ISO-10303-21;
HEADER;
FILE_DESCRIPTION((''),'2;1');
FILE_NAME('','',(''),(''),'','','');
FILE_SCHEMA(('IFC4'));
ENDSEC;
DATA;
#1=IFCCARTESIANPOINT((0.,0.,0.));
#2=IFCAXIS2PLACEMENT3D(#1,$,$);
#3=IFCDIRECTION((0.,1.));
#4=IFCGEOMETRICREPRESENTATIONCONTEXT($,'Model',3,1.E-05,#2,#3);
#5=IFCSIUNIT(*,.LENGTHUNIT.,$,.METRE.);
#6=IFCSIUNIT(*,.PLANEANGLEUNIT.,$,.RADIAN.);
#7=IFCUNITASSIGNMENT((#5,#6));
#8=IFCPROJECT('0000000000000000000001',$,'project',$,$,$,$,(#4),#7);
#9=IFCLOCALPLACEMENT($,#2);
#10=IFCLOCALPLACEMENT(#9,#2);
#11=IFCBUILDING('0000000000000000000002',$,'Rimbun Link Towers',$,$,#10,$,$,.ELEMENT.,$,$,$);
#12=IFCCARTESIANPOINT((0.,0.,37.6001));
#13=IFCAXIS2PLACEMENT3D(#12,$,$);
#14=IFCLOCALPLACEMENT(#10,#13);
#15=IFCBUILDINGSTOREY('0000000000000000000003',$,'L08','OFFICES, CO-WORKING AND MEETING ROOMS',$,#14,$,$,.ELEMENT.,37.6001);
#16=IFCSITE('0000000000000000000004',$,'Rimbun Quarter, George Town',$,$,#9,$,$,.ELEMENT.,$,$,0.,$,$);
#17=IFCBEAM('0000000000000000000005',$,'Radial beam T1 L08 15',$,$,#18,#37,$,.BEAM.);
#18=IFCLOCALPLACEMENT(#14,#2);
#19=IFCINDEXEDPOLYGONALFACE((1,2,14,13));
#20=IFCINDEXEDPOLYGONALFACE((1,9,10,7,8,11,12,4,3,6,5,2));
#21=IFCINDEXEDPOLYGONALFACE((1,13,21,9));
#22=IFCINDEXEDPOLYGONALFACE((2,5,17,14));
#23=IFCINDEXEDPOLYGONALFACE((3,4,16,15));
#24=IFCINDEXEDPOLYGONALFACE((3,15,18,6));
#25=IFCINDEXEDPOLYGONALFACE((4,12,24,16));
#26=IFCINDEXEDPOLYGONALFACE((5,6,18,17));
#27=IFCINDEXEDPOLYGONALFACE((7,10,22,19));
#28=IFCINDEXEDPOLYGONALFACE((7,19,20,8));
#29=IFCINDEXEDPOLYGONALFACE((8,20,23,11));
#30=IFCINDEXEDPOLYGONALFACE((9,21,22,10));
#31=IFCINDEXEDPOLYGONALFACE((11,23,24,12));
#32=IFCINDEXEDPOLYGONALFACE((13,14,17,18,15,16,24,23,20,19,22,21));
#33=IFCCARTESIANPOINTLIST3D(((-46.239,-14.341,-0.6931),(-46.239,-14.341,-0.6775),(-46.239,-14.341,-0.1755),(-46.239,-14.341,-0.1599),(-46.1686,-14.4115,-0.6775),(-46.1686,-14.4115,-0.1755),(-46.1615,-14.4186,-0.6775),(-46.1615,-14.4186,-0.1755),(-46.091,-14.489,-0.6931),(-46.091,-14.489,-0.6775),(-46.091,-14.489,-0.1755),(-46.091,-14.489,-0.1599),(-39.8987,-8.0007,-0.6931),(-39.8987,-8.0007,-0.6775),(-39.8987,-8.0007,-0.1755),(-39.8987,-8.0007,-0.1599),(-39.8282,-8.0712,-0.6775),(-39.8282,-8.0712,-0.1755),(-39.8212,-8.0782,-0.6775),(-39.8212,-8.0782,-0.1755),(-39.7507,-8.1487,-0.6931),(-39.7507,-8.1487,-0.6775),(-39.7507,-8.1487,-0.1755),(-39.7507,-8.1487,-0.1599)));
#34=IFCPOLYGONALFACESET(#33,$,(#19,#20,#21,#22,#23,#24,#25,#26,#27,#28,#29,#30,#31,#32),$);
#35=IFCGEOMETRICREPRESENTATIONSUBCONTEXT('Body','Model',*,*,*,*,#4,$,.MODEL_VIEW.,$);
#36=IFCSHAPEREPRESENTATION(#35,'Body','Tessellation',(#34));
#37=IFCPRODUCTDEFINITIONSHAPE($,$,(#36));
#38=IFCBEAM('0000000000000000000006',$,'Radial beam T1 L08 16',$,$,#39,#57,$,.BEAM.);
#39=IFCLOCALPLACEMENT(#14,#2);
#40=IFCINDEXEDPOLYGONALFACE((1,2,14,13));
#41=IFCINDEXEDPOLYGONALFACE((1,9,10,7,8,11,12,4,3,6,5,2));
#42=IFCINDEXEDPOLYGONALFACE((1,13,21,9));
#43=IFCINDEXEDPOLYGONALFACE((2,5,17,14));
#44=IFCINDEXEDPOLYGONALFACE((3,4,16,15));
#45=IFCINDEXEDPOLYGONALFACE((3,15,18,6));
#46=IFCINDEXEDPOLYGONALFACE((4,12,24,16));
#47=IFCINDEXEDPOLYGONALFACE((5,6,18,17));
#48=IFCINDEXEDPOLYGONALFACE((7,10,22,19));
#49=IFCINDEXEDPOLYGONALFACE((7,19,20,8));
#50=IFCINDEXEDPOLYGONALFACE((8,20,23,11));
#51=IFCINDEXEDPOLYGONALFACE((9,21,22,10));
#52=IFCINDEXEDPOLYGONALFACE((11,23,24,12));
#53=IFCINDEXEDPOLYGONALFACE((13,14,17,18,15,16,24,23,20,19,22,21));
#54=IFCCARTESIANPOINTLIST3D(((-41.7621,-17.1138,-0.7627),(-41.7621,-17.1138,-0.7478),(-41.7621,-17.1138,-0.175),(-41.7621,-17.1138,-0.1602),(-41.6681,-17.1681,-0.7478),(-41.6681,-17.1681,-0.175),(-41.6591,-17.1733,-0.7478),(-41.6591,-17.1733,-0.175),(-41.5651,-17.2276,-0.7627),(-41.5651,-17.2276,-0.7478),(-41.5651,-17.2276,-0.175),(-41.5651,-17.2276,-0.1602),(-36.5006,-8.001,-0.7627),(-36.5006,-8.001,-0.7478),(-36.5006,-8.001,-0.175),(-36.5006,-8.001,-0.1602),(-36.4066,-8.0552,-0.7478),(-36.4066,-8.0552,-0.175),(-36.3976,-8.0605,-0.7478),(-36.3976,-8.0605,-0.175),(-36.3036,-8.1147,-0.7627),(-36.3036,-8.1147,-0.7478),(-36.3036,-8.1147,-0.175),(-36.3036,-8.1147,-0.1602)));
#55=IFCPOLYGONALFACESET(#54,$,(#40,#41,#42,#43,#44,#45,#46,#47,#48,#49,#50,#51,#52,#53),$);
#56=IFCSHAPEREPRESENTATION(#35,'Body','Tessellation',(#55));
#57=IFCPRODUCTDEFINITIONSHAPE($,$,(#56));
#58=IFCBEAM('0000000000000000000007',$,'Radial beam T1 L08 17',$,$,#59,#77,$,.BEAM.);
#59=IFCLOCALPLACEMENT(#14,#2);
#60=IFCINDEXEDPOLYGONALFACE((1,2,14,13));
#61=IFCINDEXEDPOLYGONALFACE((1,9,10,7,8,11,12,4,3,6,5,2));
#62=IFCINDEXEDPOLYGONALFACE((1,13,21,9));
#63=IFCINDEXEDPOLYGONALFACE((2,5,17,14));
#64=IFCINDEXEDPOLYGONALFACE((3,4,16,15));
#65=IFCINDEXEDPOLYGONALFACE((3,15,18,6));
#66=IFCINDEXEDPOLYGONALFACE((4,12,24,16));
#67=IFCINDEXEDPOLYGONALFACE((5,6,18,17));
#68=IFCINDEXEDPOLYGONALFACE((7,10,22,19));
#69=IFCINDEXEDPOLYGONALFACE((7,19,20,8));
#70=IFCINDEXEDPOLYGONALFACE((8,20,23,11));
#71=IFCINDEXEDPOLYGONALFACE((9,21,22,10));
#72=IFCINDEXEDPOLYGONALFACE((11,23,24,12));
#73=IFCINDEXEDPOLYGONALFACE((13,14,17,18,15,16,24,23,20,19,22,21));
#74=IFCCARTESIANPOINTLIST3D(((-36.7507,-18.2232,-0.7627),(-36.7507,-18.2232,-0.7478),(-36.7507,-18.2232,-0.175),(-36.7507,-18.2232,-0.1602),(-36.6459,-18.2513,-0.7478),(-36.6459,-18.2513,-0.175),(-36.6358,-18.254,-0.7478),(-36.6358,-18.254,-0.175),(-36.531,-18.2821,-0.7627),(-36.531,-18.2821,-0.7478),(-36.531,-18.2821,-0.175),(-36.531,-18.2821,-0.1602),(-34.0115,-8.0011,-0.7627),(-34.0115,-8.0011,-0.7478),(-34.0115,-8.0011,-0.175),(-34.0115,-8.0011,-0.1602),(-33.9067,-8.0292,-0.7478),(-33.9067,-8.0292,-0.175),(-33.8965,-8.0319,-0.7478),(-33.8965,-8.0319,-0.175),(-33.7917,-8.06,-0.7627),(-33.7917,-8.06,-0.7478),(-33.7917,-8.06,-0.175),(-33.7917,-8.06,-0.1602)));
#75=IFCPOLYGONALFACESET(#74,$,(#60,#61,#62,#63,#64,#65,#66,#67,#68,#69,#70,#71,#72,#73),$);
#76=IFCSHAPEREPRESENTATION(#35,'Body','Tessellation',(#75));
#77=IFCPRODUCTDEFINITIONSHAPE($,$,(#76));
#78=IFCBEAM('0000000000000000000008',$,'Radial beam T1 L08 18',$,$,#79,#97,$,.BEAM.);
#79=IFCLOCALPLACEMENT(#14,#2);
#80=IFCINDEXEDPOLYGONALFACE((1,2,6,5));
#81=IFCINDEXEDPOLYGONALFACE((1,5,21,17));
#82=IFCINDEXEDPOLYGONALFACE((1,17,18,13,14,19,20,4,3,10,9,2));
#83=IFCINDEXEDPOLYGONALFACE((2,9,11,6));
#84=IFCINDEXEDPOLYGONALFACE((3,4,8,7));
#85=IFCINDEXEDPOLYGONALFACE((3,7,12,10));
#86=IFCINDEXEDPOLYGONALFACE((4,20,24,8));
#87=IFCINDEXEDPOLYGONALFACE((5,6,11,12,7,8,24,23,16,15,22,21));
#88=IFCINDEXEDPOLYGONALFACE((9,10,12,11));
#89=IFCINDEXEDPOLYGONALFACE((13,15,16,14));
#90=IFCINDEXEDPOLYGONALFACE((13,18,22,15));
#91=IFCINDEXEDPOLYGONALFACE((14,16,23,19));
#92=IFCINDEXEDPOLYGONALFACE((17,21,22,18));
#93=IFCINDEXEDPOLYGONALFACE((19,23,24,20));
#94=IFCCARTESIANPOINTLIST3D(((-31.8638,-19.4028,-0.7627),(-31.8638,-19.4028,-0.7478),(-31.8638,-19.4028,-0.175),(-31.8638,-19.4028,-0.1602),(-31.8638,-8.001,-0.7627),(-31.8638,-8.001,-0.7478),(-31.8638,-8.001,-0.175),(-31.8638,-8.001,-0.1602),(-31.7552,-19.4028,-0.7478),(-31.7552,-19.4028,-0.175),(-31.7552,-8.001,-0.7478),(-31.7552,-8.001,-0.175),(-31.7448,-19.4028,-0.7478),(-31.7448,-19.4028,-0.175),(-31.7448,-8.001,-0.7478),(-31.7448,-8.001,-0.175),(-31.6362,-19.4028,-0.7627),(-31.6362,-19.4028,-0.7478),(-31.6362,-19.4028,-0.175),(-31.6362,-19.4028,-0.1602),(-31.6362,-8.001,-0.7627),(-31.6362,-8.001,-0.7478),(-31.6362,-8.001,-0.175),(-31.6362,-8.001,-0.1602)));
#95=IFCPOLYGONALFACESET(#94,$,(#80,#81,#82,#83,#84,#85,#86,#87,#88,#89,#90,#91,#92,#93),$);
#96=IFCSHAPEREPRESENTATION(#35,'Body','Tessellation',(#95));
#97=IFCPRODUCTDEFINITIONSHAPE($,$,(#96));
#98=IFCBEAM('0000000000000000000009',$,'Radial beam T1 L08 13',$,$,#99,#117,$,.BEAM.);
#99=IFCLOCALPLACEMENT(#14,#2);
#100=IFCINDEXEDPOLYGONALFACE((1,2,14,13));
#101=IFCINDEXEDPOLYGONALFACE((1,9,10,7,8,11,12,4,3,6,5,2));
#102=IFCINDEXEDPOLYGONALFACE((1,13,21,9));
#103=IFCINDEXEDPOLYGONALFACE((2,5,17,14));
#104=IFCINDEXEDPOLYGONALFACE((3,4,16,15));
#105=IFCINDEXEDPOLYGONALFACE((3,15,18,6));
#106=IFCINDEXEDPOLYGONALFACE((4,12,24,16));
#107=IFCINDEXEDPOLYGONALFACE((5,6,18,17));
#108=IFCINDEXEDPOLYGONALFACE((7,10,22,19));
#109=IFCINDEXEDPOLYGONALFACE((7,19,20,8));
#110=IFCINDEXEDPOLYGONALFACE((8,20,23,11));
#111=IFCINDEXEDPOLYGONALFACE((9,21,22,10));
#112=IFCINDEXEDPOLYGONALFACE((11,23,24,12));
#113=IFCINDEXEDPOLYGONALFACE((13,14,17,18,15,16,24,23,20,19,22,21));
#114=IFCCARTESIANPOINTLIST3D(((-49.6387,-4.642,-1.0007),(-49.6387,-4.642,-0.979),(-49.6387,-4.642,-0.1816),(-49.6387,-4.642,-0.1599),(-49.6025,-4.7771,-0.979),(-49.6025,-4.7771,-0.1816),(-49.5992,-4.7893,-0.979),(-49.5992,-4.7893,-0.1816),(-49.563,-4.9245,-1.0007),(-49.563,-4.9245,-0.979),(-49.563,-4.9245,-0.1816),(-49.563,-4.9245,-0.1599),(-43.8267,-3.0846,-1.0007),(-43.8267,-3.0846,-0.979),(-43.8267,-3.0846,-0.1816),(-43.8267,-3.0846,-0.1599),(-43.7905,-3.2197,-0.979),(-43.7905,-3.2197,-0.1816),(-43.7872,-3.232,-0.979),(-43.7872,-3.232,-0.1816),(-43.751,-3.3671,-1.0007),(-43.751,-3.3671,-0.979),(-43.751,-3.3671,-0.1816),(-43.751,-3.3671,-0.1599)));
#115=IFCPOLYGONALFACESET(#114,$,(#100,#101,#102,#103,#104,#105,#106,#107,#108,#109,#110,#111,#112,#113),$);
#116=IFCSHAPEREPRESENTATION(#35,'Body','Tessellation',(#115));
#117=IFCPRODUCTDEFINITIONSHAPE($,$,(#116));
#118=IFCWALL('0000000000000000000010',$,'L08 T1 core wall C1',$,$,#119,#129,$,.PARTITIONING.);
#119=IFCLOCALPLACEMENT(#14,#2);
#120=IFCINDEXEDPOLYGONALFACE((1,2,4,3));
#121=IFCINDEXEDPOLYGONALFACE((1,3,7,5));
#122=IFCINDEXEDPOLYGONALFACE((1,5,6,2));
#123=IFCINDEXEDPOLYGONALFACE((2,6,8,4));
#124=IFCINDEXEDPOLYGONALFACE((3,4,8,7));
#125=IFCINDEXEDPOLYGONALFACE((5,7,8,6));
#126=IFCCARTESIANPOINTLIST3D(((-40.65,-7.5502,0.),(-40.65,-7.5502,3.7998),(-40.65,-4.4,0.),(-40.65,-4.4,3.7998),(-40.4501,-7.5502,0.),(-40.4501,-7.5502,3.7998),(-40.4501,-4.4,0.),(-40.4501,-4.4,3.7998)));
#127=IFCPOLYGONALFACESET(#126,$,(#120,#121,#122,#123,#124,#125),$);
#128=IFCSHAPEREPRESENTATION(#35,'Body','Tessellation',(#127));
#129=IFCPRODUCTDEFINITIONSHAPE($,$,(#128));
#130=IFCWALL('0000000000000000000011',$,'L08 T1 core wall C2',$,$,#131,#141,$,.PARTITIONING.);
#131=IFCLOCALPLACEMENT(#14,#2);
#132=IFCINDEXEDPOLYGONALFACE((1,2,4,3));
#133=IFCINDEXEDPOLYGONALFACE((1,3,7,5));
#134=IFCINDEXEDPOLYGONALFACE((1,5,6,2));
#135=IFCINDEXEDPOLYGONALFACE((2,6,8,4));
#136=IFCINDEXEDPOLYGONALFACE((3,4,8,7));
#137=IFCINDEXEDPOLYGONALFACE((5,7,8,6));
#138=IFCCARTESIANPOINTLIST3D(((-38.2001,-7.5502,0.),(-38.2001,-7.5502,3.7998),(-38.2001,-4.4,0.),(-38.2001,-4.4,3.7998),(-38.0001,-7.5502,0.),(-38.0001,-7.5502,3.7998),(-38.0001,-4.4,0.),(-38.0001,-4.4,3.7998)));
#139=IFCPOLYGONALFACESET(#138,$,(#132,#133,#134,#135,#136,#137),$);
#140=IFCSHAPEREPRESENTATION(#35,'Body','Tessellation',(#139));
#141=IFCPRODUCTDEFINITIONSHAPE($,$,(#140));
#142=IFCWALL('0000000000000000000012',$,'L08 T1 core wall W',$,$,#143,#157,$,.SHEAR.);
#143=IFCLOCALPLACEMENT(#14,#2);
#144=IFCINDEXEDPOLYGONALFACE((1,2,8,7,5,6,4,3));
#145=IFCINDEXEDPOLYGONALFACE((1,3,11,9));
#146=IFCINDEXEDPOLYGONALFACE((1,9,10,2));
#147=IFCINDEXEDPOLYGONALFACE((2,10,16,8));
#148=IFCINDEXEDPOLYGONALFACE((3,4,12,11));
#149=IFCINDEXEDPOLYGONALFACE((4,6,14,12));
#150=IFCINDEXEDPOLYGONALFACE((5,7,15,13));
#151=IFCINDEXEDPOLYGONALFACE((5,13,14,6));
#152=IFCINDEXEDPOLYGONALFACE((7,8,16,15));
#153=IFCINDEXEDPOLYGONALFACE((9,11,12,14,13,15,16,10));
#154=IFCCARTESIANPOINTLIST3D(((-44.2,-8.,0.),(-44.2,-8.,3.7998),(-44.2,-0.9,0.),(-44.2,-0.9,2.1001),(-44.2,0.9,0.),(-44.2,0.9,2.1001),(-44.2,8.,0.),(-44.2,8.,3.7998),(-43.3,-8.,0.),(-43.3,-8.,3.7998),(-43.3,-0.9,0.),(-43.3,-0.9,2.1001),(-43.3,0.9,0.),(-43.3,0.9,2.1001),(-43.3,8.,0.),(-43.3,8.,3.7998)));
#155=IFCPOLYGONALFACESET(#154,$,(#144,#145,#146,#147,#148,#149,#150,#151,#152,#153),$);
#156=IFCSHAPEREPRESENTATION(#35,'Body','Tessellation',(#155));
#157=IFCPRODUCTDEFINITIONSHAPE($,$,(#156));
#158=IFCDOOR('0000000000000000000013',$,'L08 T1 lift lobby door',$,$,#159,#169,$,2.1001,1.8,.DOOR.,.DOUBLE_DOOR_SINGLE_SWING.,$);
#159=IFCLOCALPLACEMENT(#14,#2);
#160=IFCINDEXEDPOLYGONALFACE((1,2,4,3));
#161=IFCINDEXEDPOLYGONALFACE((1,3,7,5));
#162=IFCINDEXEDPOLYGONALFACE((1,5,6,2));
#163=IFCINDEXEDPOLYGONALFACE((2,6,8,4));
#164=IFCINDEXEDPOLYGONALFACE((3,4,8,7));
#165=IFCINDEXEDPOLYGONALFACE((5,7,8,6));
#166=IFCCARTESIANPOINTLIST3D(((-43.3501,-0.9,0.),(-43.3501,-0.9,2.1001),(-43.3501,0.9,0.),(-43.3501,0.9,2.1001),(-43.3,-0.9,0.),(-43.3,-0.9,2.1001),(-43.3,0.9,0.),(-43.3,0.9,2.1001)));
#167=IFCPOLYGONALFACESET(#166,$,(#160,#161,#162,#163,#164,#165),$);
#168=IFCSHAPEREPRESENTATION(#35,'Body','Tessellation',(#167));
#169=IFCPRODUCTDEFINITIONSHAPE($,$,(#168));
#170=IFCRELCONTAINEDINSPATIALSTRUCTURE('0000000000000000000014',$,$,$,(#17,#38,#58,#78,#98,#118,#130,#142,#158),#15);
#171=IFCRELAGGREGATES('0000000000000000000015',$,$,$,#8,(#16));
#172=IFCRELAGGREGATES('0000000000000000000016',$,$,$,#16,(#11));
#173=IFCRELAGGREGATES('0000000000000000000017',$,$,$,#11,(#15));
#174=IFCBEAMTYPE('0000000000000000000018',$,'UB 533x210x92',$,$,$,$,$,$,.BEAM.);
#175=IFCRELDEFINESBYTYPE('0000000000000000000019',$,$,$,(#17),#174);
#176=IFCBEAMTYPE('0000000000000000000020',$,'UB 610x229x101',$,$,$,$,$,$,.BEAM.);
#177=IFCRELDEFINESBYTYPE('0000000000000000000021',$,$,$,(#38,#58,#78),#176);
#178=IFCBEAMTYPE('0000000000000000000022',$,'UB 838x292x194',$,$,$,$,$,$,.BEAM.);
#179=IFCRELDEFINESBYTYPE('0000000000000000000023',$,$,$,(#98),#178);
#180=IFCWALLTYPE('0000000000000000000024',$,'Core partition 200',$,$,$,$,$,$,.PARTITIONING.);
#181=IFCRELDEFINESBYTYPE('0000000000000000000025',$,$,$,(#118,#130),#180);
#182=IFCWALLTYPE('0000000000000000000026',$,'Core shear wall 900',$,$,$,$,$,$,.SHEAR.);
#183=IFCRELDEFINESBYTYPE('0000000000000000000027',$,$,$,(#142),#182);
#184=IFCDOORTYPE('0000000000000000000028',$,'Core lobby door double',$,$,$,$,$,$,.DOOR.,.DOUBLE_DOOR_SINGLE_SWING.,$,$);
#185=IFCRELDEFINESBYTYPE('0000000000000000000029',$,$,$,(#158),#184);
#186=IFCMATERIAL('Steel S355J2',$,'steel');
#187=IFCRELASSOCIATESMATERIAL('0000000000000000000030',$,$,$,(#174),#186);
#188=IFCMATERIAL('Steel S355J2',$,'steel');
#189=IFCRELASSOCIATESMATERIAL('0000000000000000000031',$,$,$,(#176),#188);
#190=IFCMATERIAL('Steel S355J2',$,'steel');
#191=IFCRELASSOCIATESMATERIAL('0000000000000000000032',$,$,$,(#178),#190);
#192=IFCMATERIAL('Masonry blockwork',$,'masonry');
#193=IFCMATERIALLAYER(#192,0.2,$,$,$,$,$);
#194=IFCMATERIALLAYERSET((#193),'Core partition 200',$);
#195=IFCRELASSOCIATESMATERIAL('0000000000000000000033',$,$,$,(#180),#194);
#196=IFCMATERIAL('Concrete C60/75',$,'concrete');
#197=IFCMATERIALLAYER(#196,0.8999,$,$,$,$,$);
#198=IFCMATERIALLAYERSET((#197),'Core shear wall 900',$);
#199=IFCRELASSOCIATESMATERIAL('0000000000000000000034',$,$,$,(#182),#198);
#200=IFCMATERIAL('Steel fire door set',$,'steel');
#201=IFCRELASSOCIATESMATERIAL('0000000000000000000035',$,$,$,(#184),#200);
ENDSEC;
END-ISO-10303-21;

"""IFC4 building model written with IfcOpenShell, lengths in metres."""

from ifc_helpers import new_model, si_unit, direction, frame, frame_2d, origin, origin_2d, place, context, subcontext, project, spatial, rectangle, i_section, extrude, material, layer, layer_set, material_profile, profile_set, type_object, element, fill, save


model = new_model("IFC4")

# Units and contexts
model_context = context("Model", 3, precision=1e-05, world=origin(), true_north=direction((0.0, 1.0)))
body_context = subcontext(model_context, "Body", "Model", "MODEL_VIEW")
ifc_project = project(units=[si_unit("LENGTHUNIT", "METRE"), si_unit("PLANEANGLEUNIT", "RADIAN")], contexts=[model_context])

# Site, building, storey
site_placement = place(None, origin())
site = spatial("IfcSite", under=ifc_project, at=site_placement, Name="Rimbun Quarter, George Town", CompositionType="ELEMENT", RefElevation=0.0)
building_placement = place(site_placement, origin())
building = spatial("IfcBuilding", under=site, at=building_placement, Name="Rimbun Link Towers", CompositionType="ELEMENT")
storey_placement = place(building_placement, frame((0.0, 0.0, 37.6001)))
storey = spatial("IfcBuildingStorey", under=building, at=storey_placement, Name="L08", Description="OFFICES, CO-WORKING AND MEETING ROOMS", CompositionType="ELEMENT", Elevation=37.6001)

# Beams
ifc_material_1 = material(Name="Steel S355J2", Category="steel")
ifc_material_profile_1 = material_profile(ifc_material_1, i_section(OverallWidth=0.2092, OverallDepth=0.5332, WebThickness=0.01, FlangeThickness=0.0156, at=origin_2d()), Name="UB 533x210x92")
ifc_profile_set_1 = profile_set([ifc_material_profile_1], Name="Steel S355J2")
beam_type_1 = type_object("IfcBeamType", Name="UB 533x210x92", PredefinedType="BEAM", material=ifc_profile_set_1)
beam_1_placement = place(storey_placement, frame((-39.8247, -8.0747, -0.4265), z_axis=(-0.707107, -0.707107, 0.0), x_axis=(0.707107, -0.707107, 0.0)))
element("IfcBeam", 1, at=beam_1_placement, inside=storey, type_object=beam_type_1, Name="Radial beam T1 L08 15", PredefinedType="BEAM", context=body_context, shape_type="SweptSolid", body=[
    extrude(i_section(OverallWidth=0.2092, OverallDepth=0.5332, WebThickness=0.01, FlangeThickness=0.0156, at=origin_2d()), origin(), (0.0, 0.0, 1.0), 8.9666),
])
ifc_material_2 = material(Name="Steel S355J2", Category="steel")
ifc_material_profile_2 = material_profile(ifc_material_2, i_section(OverallWidth=0.2275, OverallDepth=0.6025, WebThickness=0.0105, FlangeThickness=0.0149, at=origin_2d()), Name="UB 610x229x101")
ifc_profile_set_2 = profile_set([ifc_material_profile_2], Name="Steel S355J2")
beam_type_2 = type_object("IfcBeamType", Name="UB 610x229x101", PredefinedType="BEAM", material=ifc_profile_set_2)
beam_2_placement = place(storey_placement, frame((-36.4021, -8.0579, -0.4614), z_axis=(-0.500014, -0.866017, 0.0), x_axis=(0.866017, -0.500014, 0.0)))
element("IfcBeam", 2, at=beam_2_placement, inside=storey, type_object=beam_type_2, Name="Radial beam T1 L08 16", PredefinedType="BEAM", context=body_context, shape_type="SweptSolid", body=[
    extrude(i_section(OverallWidth=0.2275, OverallDepth=0.6025, WebThickness=0.0105, FlangeThickness=0.0149, at=origin_2d()), origin(), (0.0, 0.0, 1.0), 10.5227),
])
beam_3_placement = place(storey_placement, frame((-33.9016, -8.0305, -0.4614), z_axis=(-0.25884, -0.96592, 0.0), x_axis=(0.96592, -0.25884, 0.0)))
element("IfcBeam", 3, at=beam_3_placement, inside=storey, type_object=beam_type_2, Name="Radial beam T1 L08 17", PredefinedType="BEAM", context=body_context, shape_type="SweptSolid", body=[
    extrude(i_section(OverallWidth=0.2275, OverallDepth=0.6025, WebThickness=0.0105, FlangeThickness=0.0149, at=origin_2d()), origin(), (0.0, 0.0, 1.0), 10.5828),
])
beam_4_placement = place(storey_placement, frame((-31.75, -8.001, -0.4614), z_axis=(0.0, -1.0, 0.0), x_axis=(1.0, 0.0, 0.0)))
element("IfcBeam", 4, at=beam_4_placement, inside=storey, type_object=beam_type_2, Name="Radial beam T1 L08 18", PredefinedType="BEAM", context=body_context, shape_type="SweptSolid", body=[
    extrude(i_section(OverallWidth=0.2275, OverallDepth=0.6025, WebThickness=0.0105, FlangeThickness=0.0149, at=origin_2d()), origin(), (0.0, 0.0, 1.0), 11.4019),
])
ifc_material_3 = material(Name="Steel S355J2", Category="steel")
ifc_material_profile_3 = material_profile(ifc_material_3, i_section(OverallWidth=0.2925, OverallDepth=0.8408, WebThickness=0.0127, FlangeThickness=0.0217, at=origin_2d()), Name="UB 838x292x194")
ifc_profile_set_3 = profile_set([ifc_material_profile_3], Name="Steel S355J2")
beam_type_3 = type_object("IfcBeamType", Name="UB 838x292x194", PredefinedType="BEAM", material=ifc_profile_set_3)
beam_5_placement = place(storey_placement, frame((-43.7888, -3.2258, -0.5803), z_axis=(-0.965924, -0.258827, 0.0), x_axis=(0.258827, -0.965924, 0.0)))
element("IfcBeam", 5, at=beam_5_placement, inside=storey, type_object=beam_type_3, Name="Radial beam T1 L08 13", PredefinedType="BEAM", context=body_context, shape_type="SweptSolid", body=[
    extrude(i_section(OverallWidth=0.2925, OverallDepth=0.8408, WebThickness=0.0127, FlangeThickness=0.0217, at=origin_2d()), origin(), (0.0, 0.0, 1.0), 6.0171),
])

# Walls
ifc_material_4 = material(Name="Masonry blockwork", Category="masonry")
ifc_layer_1 = layer(ifc_material_4, 0.2)
ifc_layer_set_1 = layer_set([ifc_layer_1], Name="Core partition 200")
wall_type_1 = type_object("IfcWallType", Name="Core partition 200", PredefinedType="PARTITIONING", material=ifc_layer_set_1)
for number, where, z_axis, x_axis, name in (
    (6, (-40.55, -4.3999, 0.0), (0.0, 0.0, 1.0), (0.0, -1.0, 0.0), "L08 T1 core wall C1"),
    (7, (-38.1001, -4.3999, 0.0), (0.0, 0.0, 1.0), (0.0, -1.0, 0.0), "L08 T1 core wall C2"),
):
    element("IfcWall", number, at=place(storey_placement, frame(where, z_axis=z_axis, x_axis=x_axis)), inside=storey, type_object=wall_type_1, Name=name, PredefinedType="PARTITIONING", context=body_context, shape_type="SweptSolid", body=[
        extrude(rectangle(XDim=3.1501, YDim=0.2, at=frame_2d((1.5752, 0.0))), origin(), (0.0, 0.0, 1.0), 3.7998),
    ])

# Wall, opening, door
ifc_material_5 = material(Name="Concrete C60/75", Category="concrete")
ifc_layer_2 = layer(ifc_material_5, 0.8999)
ifc_layer_set_2 = layer_set([ifc_layer_2], Name="Core shear wall 900")
wall_type_2 = type_object("IfcWallType", Name="Core shear wall 900", PredefinedType="SHEAR", material=ifc_layer_set_2)
wall_1_placement = place(storey_placement, frame((-43.75, -8.0, 0.0), z_axis=(0.0, 0.0, 1.0), x_axis=(0.0, 1.0, 0.0)))
wall_1 = element("IfcWall", 8, at=wall_1_placement, inside=storey, type_object=wall_type_2, Name="L08 T1 core wall W", PredefinedType="SHEAR", context=body_context, shape_type="SweptSolid", body=[
    extrude(rectangle(XDim=16.0, YDim=0.8999, at=frame_2d((8.0, 0.0))), origin(), (0.0, 0.0, 1.0), 3.7998),
])
opening_1_placement = place(wall_1_placement, frame((7.1001, 0.0, 0.0)))
opening_1 = element("IfcOpeningElement", 9, at=opening_1_placement, cuts=wall_1, PredefinedType="OPENING", context=body_context, shape_type="SweptSolid", body=[
    extrude(rectangle(XDim=1.8, YDim=2.1001, at=frame_2d((0.8999, 1.05))), frame((0.0, 0.46, 0.0), z_axis=(0.0, -1.0, 0.0), x_axis=(1.0, 0.0, 0.0)), (0.0, 0.0, 1.0), 0.9199),
])
ifc_material_6 = material(Name="Steel fire door set", Category="steel")
door_type_1 = type_object("IfcDoorType", Name="Core lobby door double", OperationType="DOUBLE_DOOR_SINGLE_SWING", PredefinedType="DOOR", material=ifc_material_6)
door_1_placement = place(opening_1_placement, origin())
door_1 = element("IfcDoor", 10, at=door_1_placement, inside=storey, type_object=door_type_1, Name="L08 T1 lift lobby door", OperationType="DOUBLE_DOOR_SINGLE_SWING", OverallHeight=2.1001, OverallWidth=1.8, PredefinedType="DOOR", context=body_context, shape_type="SweptSolid", body=[
    extrude(rectangle(XDim=1.8, YDim=2.1001, at=frame_2d((0.8999, 1.05))), frame((0.0, -0.3999, 0.0), z_axis=(0.0, -1.0, 0.0), x_axis=(1.0, 0.0, 0.0)), (0.0, 0.0, 1.0), 0.05),
])
fill(opening_1, door_1)

save(model, "model.ifc")
